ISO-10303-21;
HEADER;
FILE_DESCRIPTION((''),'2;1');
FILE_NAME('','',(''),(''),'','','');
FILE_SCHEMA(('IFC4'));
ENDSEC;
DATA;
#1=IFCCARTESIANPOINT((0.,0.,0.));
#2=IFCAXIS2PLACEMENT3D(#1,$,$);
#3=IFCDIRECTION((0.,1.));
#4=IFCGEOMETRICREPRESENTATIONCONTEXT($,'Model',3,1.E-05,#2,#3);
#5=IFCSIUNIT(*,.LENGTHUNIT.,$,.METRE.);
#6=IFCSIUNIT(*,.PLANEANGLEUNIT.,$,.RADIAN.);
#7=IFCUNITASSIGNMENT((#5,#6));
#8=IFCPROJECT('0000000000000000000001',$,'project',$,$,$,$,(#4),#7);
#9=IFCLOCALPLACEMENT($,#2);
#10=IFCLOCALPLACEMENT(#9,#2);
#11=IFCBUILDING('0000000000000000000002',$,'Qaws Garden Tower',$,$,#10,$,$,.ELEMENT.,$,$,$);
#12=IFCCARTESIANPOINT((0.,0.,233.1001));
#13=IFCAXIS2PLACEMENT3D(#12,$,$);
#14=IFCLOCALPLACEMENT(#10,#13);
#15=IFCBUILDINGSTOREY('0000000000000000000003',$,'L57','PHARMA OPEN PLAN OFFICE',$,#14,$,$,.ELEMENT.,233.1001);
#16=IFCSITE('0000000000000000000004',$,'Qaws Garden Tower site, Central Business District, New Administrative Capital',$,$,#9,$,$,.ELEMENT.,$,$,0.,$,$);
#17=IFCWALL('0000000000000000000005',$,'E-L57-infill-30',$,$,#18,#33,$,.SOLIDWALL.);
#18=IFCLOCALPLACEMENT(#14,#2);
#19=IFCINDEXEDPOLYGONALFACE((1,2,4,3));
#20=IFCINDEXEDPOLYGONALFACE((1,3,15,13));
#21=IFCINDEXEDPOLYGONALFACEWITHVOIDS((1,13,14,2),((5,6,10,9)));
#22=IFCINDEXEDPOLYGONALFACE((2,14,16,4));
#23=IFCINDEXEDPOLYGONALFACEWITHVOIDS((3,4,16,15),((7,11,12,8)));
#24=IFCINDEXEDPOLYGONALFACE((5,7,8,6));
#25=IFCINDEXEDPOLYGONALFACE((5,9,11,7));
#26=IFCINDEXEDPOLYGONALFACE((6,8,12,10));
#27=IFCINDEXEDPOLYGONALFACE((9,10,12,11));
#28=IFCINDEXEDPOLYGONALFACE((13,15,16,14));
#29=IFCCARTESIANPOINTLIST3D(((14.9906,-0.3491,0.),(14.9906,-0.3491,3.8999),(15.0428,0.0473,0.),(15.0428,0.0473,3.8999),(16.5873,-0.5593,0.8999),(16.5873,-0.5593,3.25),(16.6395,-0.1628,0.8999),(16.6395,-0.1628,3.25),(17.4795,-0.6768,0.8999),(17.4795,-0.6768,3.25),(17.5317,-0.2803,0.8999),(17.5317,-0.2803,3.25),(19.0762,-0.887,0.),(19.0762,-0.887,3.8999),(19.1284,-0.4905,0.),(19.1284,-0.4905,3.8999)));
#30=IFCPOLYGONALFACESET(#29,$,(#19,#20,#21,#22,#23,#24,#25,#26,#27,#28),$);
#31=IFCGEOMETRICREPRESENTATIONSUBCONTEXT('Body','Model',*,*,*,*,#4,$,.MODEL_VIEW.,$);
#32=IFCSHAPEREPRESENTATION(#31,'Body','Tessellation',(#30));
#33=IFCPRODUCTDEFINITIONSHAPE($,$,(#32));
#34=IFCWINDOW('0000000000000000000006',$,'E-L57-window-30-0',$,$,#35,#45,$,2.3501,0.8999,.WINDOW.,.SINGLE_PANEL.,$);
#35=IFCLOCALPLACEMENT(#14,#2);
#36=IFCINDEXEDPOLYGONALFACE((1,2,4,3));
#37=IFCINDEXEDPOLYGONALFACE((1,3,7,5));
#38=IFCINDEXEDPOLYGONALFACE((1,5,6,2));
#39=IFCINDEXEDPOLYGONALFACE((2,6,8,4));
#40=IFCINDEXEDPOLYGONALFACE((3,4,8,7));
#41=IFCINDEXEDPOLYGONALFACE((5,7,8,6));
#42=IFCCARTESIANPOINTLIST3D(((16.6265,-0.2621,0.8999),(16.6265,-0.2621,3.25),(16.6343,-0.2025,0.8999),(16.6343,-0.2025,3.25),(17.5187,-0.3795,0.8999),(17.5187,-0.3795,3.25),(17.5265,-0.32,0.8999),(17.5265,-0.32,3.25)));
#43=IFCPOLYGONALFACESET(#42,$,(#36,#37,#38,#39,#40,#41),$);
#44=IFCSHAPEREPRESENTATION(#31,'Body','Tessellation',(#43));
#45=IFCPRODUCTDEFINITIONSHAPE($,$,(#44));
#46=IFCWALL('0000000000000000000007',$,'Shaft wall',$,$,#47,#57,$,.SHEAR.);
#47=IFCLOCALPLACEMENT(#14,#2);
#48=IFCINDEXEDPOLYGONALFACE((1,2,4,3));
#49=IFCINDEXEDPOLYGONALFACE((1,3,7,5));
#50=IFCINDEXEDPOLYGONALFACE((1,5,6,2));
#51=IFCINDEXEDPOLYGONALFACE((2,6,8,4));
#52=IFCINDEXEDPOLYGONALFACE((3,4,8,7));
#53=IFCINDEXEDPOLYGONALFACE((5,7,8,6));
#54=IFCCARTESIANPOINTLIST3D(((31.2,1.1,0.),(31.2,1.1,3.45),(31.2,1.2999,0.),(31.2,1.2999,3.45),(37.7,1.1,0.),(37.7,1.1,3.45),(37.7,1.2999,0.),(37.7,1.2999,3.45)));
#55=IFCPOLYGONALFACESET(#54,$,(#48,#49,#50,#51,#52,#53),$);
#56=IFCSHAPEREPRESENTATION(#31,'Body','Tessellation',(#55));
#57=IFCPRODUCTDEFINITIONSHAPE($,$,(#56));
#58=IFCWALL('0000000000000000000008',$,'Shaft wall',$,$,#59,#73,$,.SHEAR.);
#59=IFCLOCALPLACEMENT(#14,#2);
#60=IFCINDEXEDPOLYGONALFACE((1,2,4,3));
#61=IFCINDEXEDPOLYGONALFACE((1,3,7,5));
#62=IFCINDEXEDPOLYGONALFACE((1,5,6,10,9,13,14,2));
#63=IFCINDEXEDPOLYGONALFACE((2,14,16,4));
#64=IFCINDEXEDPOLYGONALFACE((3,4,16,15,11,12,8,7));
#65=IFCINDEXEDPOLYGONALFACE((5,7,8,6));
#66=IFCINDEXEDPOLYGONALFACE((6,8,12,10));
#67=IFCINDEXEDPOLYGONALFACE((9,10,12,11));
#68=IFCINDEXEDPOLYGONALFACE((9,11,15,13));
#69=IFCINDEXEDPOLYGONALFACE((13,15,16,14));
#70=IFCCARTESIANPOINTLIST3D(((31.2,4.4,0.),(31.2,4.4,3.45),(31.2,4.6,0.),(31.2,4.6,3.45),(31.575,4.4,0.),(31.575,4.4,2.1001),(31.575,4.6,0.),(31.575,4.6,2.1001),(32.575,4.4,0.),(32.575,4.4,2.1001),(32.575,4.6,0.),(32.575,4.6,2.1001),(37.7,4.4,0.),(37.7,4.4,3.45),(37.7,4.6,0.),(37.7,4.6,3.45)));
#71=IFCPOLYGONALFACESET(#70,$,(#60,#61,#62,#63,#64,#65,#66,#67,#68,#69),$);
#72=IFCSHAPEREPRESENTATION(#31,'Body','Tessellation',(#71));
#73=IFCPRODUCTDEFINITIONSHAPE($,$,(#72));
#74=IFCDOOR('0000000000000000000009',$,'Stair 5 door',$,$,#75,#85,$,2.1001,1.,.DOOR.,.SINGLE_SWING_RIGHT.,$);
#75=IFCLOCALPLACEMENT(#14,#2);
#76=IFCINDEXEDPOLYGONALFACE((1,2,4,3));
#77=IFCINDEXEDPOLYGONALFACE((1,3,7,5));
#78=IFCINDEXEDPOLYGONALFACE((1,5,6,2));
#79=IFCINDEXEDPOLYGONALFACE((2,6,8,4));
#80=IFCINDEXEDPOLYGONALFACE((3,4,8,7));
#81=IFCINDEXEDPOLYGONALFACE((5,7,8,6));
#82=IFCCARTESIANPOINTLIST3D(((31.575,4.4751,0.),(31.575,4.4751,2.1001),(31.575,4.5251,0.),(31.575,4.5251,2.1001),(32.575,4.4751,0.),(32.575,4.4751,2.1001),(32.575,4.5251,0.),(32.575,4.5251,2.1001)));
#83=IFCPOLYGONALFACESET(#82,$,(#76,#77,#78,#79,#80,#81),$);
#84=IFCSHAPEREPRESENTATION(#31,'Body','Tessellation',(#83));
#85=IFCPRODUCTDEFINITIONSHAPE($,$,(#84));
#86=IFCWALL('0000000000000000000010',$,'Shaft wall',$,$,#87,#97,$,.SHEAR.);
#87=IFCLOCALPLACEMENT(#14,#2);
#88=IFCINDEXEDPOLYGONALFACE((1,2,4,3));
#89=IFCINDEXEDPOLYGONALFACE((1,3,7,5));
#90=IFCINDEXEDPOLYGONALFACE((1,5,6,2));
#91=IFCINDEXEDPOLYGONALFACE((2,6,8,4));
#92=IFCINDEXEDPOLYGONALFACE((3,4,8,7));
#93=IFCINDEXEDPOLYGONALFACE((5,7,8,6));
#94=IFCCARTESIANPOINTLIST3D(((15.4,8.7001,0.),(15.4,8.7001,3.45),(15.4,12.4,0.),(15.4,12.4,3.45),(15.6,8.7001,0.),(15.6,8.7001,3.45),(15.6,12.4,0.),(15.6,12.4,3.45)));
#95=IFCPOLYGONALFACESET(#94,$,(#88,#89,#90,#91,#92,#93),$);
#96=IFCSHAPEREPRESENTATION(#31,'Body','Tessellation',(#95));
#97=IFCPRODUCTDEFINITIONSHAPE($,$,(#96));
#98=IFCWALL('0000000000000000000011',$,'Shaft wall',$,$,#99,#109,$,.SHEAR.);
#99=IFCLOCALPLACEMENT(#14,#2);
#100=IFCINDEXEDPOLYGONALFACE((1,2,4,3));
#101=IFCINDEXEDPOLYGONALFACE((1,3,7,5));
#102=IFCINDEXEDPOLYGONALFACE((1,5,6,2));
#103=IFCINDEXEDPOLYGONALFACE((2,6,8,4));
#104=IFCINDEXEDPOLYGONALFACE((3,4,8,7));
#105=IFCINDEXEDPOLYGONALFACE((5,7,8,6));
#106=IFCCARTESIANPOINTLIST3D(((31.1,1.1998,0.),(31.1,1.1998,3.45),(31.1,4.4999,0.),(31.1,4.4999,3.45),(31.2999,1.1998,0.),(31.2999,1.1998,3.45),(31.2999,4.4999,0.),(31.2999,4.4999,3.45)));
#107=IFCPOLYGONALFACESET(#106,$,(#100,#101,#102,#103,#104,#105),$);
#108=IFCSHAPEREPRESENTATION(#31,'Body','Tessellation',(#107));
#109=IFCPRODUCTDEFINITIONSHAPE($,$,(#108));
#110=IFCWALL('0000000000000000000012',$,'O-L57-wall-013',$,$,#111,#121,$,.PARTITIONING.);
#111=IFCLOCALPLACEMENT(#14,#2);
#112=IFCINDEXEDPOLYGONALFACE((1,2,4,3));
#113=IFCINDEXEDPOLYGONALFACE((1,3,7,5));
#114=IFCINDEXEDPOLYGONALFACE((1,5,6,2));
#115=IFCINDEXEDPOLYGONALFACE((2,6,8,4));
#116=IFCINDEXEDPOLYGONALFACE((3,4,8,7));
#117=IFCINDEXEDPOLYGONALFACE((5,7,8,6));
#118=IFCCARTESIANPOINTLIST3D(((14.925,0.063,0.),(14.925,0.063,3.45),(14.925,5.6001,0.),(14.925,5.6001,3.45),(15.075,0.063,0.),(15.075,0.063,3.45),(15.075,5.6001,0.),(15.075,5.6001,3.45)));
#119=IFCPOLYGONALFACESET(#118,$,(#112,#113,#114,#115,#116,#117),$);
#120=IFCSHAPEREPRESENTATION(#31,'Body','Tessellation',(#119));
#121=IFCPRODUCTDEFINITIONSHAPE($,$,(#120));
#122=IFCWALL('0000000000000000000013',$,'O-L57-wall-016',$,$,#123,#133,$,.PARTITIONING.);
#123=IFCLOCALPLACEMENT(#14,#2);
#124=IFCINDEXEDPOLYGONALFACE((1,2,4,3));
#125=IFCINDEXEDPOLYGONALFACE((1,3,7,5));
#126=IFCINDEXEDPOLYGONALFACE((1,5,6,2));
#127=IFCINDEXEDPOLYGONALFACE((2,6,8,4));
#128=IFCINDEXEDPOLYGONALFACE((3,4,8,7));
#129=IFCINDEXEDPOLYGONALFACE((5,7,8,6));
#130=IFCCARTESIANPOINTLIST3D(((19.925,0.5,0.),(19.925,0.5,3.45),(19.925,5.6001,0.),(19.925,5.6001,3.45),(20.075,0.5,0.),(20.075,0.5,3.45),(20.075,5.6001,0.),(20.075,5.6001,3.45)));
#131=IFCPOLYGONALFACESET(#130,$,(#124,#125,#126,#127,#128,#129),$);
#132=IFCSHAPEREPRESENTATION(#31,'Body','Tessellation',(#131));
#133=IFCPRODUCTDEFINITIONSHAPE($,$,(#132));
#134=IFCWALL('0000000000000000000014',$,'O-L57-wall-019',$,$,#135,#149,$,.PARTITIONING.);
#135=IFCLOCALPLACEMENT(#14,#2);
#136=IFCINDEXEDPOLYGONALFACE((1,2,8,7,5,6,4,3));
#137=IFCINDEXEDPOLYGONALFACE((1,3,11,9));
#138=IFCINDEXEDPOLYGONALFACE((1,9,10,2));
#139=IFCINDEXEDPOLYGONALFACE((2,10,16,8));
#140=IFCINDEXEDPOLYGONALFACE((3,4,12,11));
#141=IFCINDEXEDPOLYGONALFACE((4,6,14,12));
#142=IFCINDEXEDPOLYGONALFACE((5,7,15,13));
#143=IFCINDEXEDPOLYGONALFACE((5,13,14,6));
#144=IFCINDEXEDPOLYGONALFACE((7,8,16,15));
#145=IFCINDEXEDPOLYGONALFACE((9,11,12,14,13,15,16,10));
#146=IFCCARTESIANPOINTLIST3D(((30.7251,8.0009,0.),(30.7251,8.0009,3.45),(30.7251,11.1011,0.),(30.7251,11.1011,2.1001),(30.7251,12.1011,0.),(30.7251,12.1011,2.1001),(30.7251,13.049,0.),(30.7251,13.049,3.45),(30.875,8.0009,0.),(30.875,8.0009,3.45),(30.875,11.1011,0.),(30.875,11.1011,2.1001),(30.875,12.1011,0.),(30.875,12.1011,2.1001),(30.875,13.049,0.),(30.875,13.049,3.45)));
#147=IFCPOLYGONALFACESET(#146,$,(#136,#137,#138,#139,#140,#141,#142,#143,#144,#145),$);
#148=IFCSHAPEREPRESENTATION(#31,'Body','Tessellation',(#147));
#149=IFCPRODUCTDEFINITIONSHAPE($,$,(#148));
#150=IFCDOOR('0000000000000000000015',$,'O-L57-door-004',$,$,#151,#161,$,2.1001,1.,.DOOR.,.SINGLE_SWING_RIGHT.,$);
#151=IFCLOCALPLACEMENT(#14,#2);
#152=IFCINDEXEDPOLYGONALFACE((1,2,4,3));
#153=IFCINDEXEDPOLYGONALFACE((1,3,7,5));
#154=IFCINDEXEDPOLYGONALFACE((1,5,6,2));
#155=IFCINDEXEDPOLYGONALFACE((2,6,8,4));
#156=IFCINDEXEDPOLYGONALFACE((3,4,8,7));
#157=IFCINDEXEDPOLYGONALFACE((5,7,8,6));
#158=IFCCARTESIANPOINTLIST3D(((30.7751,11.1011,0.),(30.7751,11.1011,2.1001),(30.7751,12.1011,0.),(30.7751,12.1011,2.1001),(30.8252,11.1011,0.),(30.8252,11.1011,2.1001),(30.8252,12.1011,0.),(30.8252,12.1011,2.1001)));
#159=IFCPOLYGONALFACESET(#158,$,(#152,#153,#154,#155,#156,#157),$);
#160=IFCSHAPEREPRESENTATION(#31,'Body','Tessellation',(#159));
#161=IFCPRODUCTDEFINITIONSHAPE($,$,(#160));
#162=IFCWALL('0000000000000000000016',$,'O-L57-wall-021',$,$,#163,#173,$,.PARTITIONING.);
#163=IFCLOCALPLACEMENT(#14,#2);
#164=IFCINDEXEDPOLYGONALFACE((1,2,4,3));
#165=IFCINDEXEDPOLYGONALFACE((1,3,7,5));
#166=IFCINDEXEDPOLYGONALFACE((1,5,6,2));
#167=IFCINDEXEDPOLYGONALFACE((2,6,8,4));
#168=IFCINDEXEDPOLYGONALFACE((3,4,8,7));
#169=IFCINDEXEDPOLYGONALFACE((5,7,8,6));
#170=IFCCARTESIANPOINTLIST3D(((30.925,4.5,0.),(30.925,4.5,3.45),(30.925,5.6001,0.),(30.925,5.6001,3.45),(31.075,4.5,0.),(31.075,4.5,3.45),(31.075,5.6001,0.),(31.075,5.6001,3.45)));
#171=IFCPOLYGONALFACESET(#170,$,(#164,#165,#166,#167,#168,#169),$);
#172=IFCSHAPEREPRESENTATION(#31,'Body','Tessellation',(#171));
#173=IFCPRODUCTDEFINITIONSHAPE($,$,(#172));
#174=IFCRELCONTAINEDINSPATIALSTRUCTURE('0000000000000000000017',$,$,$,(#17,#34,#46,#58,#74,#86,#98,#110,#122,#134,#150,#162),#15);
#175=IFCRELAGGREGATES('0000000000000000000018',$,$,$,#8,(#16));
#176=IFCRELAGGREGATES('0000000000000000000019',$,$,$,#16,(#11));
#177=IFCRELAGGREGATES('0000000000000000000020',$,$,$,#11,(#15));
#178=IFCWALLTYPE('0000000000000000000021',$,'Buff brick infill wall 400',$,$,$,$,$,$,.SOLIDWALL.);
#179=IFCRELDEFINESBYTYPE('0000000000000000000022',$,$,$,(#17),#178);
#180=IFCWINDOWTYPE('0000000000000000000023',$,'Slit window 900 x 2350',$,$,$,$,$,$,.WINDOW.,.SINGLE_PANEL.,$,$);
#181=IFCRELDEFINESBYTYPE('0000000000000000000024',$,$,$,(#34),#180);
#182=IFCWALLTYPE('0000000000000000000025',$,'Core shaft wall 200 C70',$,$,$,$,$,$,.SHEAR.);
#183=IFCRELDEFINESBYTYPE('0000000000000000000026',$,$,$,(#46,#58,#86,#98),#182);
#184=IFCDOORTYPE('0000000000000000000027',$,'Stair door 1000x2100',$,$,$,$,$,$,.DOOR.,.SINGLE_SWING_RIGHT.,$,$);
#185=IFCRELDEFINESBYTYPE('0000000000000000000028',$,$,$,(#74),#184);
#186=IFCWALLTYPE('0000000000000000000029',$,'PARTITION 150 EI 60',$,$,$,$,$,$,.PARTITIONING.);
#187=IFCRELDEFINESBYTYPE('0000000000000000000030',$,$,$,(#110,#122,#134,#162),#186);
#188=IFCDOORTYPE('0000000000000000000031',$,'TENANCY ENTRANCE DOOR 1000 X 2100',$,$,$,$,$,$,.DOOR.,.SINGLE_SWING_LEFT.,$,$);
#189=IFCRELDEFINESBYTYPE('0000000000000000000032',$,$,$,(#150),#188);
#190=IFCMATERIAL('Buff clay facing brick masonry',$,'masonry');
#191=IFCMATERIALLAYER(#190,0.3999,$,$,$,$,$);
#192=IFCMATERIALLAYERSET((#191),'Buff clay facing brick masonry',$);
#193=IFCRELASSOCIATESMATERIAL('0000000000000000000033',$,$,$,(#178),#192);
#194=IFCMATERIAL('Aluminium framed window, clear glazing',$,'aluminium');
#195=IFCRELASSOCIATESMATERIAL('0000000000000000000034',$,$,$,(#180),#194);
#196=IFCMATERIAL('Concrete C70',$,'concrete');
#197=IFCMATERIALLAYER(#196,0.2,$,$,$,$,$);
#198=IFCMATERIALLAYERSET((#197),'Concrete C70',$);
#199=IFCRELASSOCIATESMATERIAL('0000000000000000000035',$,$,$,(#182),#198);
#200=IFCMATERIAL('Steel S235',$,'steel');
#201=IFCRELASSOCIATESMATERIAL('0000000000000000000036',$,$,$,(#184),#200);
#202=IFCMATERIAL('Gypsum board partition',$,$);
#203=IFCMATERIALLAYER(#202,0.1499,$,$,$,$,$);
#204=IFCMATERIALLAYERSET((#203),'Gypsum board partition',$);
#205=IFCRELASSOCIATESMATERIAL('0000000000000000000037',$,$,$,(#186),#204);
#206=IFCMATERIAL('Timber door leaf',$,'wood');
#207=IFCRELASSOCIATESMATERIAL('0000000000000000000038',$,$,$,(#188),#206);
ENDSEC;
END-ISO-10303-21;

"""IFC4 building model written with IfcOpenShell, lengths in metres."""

from ifc_helpers import new_model, si_unit, direction, frame, frame_2d, origin, place, context, subcontext, project, spatial, rectangle, extrude, material, layer, layer_set, type_object, element, fill, save


model = new_model("IFC4")

# Units and contexts
model_context = context("Model", 3, precision=1e-05, world=origin(), true_north=direction((0.0, 1.0)))
body_context = subcontext(model_context, "Body", "Model", "MODEL_VIEW")
ifc_project = project(units=[si_unit("LENGTHUNIT", "METRE"), si_unit("PLANEANGLEUNIT", "RADIAN")], contexts=[model_context])

# Site, building, storey
site_placement = place(None, origin())
site = spatial("IfcSite", under=ifc_project, at=site_placement, Name="Qaws Garden Tower site, Central Business District, New Administrative Capital", CompositionType="ELEMENT", RefElevation=0.0)
building_placement = place(site_placement, origin())
building = spatial("IfcBuilding", under=site, at=building_placement, Name="Qaws Garden Tower", CompositionType="ELEMENT")
storey_placement = place(building_placement, frame((0.0, 0.0, 233.1001)))
storey = spatial("IfcBuildingStorey", under=building, at=storey_placement, Name="L57", Description="PHARMA OPEN PLAN OFFICE", CompositionType="ELEMENT", Elevation=233.1001)

# Shared definitions
ifc_material_1 = material(Name="Buff clay facing brick masonry", Category="masonry")
ifc_layer_1 = layer(ifc_material_1, 0.3999)
ifc_layer_set_1 = layer_set([ifc_layer_1], Name="Buff clay facing brick masonry")
wall_type_1 = type_object("IfcWallType", Name="Buff brick infill wall 400", PredefinedType="SOLIDWALL", material=ifc_layer_set_1)
ifc_material_2 = material(Name="Aluminium framed window, clear glazing", Category="aluminium")
window_type = type_object("IfcWindowType", Name="Slit window 900 x 2350", PartitioningType="SINGLE_PANEL", PredefinedType="WINDOW", material=ifc_material_2)

# Wall, opening, window
wall_1_placement = place(storey_placement, frame((15.0166, -0.1509, 0.0), z_axis=(0.0, 0.0, 1.0), x_axis=(0.991446, -0.130514, 0.0)))
wall_1 = element("IfcWall", 1, at=wall_1_placement, inside=storey, type_object=wall_type_1, Name="E-L57-infill-30", PredefinedType="SOLIDWALL", context=body_context, shape_type="SweptSolid", body=[
    extrude(rectangle(XDim=4.1208, YDim=0.3999, at=frame_2d((2.0605, 0.0))), origin(), (0.0, 0.0, 1.0), 3.8999),
])
opening_1_placement = place(wall_1_placement, frame((1.6106, 0.0, 0.8999)))
opening_1 = element("IfcOpeningElement", 2, at=opening_1_placement, cuts=wall_1, PredefinedType="OPENING", context=body_context, shape_type="SweptSolid", body=[
    extrude(rectangle(XDim=0.8999, YDim=2.3501, at=frame_2d((0.45, 1.175))), frame((0.0, 0.21, 0.0), z_axis=(0.0, -1.0, 0.0), x_axis=(1.0, 0.0, 0.0)), (0.0, 0.0, 1.0), 0.4199),
])
window_1_placement = place(opening_1_placement, origin())
window_1 = element("IfcWindow", 3, at=window_1_placement, inside=storey, type_object=window_type, Name="E-L57-window-30-0", OverallHeight=2.3501, OverallWidth=0.8999, PartitioningType="SINGLE_PANEL", PredefinedType="WINDOW", context=body_context, shape_type="SweptSolid", body=[
    extrude(rectangle(XDim=0.8999, YDim=2.3501, at=frame_2d((0.45, 1.175))), frame((0.0, 0.1599, 0.0), z_axis=(0.0, -1.0, 0.0), x_axis=(1.0, 0.0, 0.0)), (0.0, 0.0, 1.0), 0.0601),
])
fill(opening_1, window_1)

# Wall
ifc_material_3 = material(Name="Concrete C70", Category="concrete")
ifc_layer_2 = layer(ifc_material_3, 0.2)
ifc_layer_set_2 = layer_set([ifc_layer_2], Name="Concrete C70")
wall_type_2 = type_object("IfcWallType", Name="Core shaft wall 200 C70", PredefinedType="SHEAR", material=ifc_layer_set_2)
wall_2_placement = place(storey_placement, frame((31.2, 1.2, 0.0), z_axis=(0.0, 0.0, 1.0), x_axis=(1.0, 0.0, 0.0)))
element("IfcWall", 4, at=wall_2_placement, inside=storey, type_object=wall_type_2, Name="Shaft wall", PredefinedType="SHEAR", context=body_context, shape_type="SweptSolid", body=[
    extrude(rectangle(XDim=6.5, YDim=0.2, at=frame_2d((3.25, 0.0))), origin(), (0.0, 0.0, 1.0), 3.45),
])

# Wall, opening, door
wall_3_placement = place(storey_placement, frame((31.2, 4.5, 0.0), z_axis=(0.0, 0.0, 1.0), x_axis=(1.0, 0.0, 0.0)))
wall_3 = element("IfcWall", 5, at=wall_3_placement, inside=storey, type_object=wall_type_2, Name="Shaft wall", PredefinedType="SHEAR", context=body_context, shape_type="SweptSolid", body=[
    extrude(rectangle(XDim=6.5, YDim=0.2, at=frame_2d((3.25, 0.0))), origin(), (0.0, 0.0, 1.0), 3.45),
])
opening_2_placement = place(wall_3_placement, frame((0.375, 0.0, 0.0)))
opening_2 = element("IfcOpeningElement", 6, at=opening_2_placement, cuts=wall_3, PredefinedType="OPENING", context=body_context, shape_type="SweptSolid", body=[
    extrude(rectangle(XDim=1.0, YDim=2.1001, at=frame_2d((0.5, 1.05))), frame((0.0, 0.1099, 0.0), z_axis=(0.0, -1.0, 0.0), x_axis=(1.0, 0.0, 0.0)), (0.0, 0.0, 1.0), 0.22),
])
ifc_material_4 = material(Name="Steel S235", Category="steel")
door_type_1 = type_object("IfcDoorType", Name="Stair door 1000x2100", OperationType="SINGLE_SWING_RIGHT", PredefinedType="DOOR", material=ifc_material_4)
door_1_placement = place(opening_2_placement, frame((1.0, 0.0, 0.0), z_axis=(0.0, 0.0, 1.0), x_axis=(-1.0, 0.0, 0.0)))
door_1 = element("IfcDoor", 7, at=door_1_placement, inside=storey, type_object=door_type_1, Name="Stair 5 door", OperationType="SINGLE_SWING_RIGHT", OverallHeight=2.1001, OverallWidth=1.0, PredefinedType="DOOR", context=body_context, shape_type="SweptSolid", body=[
    extrude(rectangle(XDim=1.0, YDim=2.1001, at=frame_2d((0.5, 1.05))), frame((0.0, 0.0249, 0.0), z_axis=(0.0, -1.0, 0.0), x_axis=(1.0, 0.0, 0.0)), (0.0, 0.0, 1.0), 0.05),
])
fill(opening_2, door_1)

# Walls
wall_4_placement = place(storey_placement, frame((15.5, 8.7, 0.0), z_axis=(0.0, 0.0, 1.0), x_axis=(0.0, 1.0, 0.0)))
element("IfcWall", 8, at=wall_4_placement, inside=storey, type_object=wall_type_2, Name="Shaft wall", PredefinedType="SHEAR", context=body_context, shape_type="SweptSolid", body=[
    extrude(rectangle(XDim=3.7, YDim=0.2, at=frame_2d((1.8501, 0.0))), origin(), (0.0, 0.0, 1.0), 3.45),
])
wall_5_placement = place(storey_placement, frame((31.2, 1.2, 0.0), z_axis=(0.0, 0.0, 1.0), x_axis=(0.0, 1.0, 0.0)))
element("IfcWall", 9, at=wall_5_placement, inside=storey, type_object=wall_type_2, Name="Shaft wall", PredefinedType="SHEAR", context=body_context, shape_type="SweptSolid", body=[
    extrude(rectangle(XDim=3.3, YDim=0.2, at=frame_2d((1.6499, 0.0))), origin(), (0.0, 0.0, 1.0), 3.45),
])
ifc_material_5 = material(Name="Gypsum board partition")
ifc_layer_3 = layer(ifc_material_5, 0.1499)
ifc_layer_set_3 = layer_set([ifc_layer_3], Name="Gypsum board partition")
wall_type_3 = type_object("IfcWallType", Name="PARTITION 150 EI 60", PredefinedType="PARTITIONING", material=ifc_layer_set_3)
wall_6_placement = place(storey_placement, frame((15.0, 0.063, 0.0), z_axis=(0.0, 0.0, 1.0), x_axis=(0.0, 1.0, 0.0)))
element("IfcWall", 10, at=wall_6_placement, inside=storey, type_object=wall_type_3, Name="O-L57-wall-013", PredefinedType="PARTITIONING", context=body_context, shape_type="SweptSolid", body=[
    extrude(rectangle(XDim=5.5371, YDim=0.1499, at=frame_2d((2.7686, 0.0))), origin(), (0.0, 0.0, 1.0), 3.45),
])
wall_7_placement = place(storey_placement, frame((20.0, 0.5, 0.0), z_axis=(0.0, 0.0, 1.0), x_axis=(0.0, 1.0, 0.0)))
element("IfcWall", 11, at=wall_7_placement, inside=storey, type_object=wall_type_3, Name="O-L57-wall-016", PredefinedType="PARTITIONING", context=body_context, shape_type="SweptSolid", body=[
    extrude(rectangle(XDim=5.1001, YDim=0.1499, at=frame_2d((2.55, 0.0))), origin(), (0.0, 0.0, 1.0), 3.45),
])

# Wall, opening, door
wall_8_placement = place(storey_placement, frame((30.8, 8.001, 0.0), z_axis=(0.0, 0.0, 1.0), x_axis=(0.0, 1.0, 0.0)))
wall_8 = element("IfcWall", 12, at=wall_8_placement, inside=storey, type_object=wall_type_3, Name="O-L57-wall-019", PredefinedType="PARTITIONING", context=body_context, shape_type="SweptSolid", body=[
    extrude(rectangle(XDim=5.0481, YDim=0.1499, at=frame_2d((2.5239, 0.0))), origin(), (0.0, 0.0, 1.0), 3.45),
])
opening_3_placement = place(wall_8_placement, frame((3.1001, 0.0, 0.0)))
opening_3 = element("IfcOpeningElement", 13, at=opening_3_placement, cuts=wall_8, PredefinedType="OPENING", context=body_context, shape_type="SweptSolid", body=[
    extrude(rectangle(XDim=1.0, YDim=2.1001, at=frame_2d((0.5, 1.05))), frame((0.0, 0.085, 0.0), z_axis=(0.0, -1.0, 0.0), x_axis=(1.0, 0.0, 0.0)), (0.0, 0.0, 1.0), 0.1699),
])
ifc_material_6 = material(Name="Timber door leaf", Category="wood")
door_type_2 = type_object("IfcDoorType", Name="TENANCY ENTRANCE DOOR 1000 X 2100", OperationType="SINGLE_SWING_LEFT", PredefinedType="DOOR", material=ifc_material_6)
door_2_placement = place(opening_3_placement, origin())
door_2 = element("IfcDoor", 14, at=door_2_placement, inside=storey, type_object=door_type_2, Name="O-L57-door-004", OperationType="SINGLE_SWING_RIGHT", OverallHeight=2.1001, OverallWidth=1.0, PredefinedType="DOOR", context=body_context, shape_type="SweptSolid", body=[
    extrude(rectangle(XDim=1.0, YDim=2.1001, at=frame_2d((0.5, 1.05))), frame((0.0, 0.0249, 0.0), z_axis=(0.0, -1.0, 0.0), x_axis=(1.0, 0.0, 0.0)), (0.0, 0.0, 1.0), 0.05),
])
fill(opening_3, door_2)

# Wall
wall_9_placement = place(storey_placement, frame((31.0, 4.5, 0.0), z_axis=(0.0, 0.0, 1.0), x_axis=(0.0, 1.0, 0.0)))
element("IfcWall", 15, at=wall_9_placement, inside=storey, type_object=wall_type_3, Name="O-L57-wall-021", PredefinedType="PARTITIONING", context=body_context, shape_type="SweptSolid", body=[
    extrude(rectangle(XDim=1.1001, YDim=0.1499, at=frame_2d((0.55, 0.0))), origin(), (0.0, 0.0, 1.0), 3.45),
])

save(model, "model.ifc")
